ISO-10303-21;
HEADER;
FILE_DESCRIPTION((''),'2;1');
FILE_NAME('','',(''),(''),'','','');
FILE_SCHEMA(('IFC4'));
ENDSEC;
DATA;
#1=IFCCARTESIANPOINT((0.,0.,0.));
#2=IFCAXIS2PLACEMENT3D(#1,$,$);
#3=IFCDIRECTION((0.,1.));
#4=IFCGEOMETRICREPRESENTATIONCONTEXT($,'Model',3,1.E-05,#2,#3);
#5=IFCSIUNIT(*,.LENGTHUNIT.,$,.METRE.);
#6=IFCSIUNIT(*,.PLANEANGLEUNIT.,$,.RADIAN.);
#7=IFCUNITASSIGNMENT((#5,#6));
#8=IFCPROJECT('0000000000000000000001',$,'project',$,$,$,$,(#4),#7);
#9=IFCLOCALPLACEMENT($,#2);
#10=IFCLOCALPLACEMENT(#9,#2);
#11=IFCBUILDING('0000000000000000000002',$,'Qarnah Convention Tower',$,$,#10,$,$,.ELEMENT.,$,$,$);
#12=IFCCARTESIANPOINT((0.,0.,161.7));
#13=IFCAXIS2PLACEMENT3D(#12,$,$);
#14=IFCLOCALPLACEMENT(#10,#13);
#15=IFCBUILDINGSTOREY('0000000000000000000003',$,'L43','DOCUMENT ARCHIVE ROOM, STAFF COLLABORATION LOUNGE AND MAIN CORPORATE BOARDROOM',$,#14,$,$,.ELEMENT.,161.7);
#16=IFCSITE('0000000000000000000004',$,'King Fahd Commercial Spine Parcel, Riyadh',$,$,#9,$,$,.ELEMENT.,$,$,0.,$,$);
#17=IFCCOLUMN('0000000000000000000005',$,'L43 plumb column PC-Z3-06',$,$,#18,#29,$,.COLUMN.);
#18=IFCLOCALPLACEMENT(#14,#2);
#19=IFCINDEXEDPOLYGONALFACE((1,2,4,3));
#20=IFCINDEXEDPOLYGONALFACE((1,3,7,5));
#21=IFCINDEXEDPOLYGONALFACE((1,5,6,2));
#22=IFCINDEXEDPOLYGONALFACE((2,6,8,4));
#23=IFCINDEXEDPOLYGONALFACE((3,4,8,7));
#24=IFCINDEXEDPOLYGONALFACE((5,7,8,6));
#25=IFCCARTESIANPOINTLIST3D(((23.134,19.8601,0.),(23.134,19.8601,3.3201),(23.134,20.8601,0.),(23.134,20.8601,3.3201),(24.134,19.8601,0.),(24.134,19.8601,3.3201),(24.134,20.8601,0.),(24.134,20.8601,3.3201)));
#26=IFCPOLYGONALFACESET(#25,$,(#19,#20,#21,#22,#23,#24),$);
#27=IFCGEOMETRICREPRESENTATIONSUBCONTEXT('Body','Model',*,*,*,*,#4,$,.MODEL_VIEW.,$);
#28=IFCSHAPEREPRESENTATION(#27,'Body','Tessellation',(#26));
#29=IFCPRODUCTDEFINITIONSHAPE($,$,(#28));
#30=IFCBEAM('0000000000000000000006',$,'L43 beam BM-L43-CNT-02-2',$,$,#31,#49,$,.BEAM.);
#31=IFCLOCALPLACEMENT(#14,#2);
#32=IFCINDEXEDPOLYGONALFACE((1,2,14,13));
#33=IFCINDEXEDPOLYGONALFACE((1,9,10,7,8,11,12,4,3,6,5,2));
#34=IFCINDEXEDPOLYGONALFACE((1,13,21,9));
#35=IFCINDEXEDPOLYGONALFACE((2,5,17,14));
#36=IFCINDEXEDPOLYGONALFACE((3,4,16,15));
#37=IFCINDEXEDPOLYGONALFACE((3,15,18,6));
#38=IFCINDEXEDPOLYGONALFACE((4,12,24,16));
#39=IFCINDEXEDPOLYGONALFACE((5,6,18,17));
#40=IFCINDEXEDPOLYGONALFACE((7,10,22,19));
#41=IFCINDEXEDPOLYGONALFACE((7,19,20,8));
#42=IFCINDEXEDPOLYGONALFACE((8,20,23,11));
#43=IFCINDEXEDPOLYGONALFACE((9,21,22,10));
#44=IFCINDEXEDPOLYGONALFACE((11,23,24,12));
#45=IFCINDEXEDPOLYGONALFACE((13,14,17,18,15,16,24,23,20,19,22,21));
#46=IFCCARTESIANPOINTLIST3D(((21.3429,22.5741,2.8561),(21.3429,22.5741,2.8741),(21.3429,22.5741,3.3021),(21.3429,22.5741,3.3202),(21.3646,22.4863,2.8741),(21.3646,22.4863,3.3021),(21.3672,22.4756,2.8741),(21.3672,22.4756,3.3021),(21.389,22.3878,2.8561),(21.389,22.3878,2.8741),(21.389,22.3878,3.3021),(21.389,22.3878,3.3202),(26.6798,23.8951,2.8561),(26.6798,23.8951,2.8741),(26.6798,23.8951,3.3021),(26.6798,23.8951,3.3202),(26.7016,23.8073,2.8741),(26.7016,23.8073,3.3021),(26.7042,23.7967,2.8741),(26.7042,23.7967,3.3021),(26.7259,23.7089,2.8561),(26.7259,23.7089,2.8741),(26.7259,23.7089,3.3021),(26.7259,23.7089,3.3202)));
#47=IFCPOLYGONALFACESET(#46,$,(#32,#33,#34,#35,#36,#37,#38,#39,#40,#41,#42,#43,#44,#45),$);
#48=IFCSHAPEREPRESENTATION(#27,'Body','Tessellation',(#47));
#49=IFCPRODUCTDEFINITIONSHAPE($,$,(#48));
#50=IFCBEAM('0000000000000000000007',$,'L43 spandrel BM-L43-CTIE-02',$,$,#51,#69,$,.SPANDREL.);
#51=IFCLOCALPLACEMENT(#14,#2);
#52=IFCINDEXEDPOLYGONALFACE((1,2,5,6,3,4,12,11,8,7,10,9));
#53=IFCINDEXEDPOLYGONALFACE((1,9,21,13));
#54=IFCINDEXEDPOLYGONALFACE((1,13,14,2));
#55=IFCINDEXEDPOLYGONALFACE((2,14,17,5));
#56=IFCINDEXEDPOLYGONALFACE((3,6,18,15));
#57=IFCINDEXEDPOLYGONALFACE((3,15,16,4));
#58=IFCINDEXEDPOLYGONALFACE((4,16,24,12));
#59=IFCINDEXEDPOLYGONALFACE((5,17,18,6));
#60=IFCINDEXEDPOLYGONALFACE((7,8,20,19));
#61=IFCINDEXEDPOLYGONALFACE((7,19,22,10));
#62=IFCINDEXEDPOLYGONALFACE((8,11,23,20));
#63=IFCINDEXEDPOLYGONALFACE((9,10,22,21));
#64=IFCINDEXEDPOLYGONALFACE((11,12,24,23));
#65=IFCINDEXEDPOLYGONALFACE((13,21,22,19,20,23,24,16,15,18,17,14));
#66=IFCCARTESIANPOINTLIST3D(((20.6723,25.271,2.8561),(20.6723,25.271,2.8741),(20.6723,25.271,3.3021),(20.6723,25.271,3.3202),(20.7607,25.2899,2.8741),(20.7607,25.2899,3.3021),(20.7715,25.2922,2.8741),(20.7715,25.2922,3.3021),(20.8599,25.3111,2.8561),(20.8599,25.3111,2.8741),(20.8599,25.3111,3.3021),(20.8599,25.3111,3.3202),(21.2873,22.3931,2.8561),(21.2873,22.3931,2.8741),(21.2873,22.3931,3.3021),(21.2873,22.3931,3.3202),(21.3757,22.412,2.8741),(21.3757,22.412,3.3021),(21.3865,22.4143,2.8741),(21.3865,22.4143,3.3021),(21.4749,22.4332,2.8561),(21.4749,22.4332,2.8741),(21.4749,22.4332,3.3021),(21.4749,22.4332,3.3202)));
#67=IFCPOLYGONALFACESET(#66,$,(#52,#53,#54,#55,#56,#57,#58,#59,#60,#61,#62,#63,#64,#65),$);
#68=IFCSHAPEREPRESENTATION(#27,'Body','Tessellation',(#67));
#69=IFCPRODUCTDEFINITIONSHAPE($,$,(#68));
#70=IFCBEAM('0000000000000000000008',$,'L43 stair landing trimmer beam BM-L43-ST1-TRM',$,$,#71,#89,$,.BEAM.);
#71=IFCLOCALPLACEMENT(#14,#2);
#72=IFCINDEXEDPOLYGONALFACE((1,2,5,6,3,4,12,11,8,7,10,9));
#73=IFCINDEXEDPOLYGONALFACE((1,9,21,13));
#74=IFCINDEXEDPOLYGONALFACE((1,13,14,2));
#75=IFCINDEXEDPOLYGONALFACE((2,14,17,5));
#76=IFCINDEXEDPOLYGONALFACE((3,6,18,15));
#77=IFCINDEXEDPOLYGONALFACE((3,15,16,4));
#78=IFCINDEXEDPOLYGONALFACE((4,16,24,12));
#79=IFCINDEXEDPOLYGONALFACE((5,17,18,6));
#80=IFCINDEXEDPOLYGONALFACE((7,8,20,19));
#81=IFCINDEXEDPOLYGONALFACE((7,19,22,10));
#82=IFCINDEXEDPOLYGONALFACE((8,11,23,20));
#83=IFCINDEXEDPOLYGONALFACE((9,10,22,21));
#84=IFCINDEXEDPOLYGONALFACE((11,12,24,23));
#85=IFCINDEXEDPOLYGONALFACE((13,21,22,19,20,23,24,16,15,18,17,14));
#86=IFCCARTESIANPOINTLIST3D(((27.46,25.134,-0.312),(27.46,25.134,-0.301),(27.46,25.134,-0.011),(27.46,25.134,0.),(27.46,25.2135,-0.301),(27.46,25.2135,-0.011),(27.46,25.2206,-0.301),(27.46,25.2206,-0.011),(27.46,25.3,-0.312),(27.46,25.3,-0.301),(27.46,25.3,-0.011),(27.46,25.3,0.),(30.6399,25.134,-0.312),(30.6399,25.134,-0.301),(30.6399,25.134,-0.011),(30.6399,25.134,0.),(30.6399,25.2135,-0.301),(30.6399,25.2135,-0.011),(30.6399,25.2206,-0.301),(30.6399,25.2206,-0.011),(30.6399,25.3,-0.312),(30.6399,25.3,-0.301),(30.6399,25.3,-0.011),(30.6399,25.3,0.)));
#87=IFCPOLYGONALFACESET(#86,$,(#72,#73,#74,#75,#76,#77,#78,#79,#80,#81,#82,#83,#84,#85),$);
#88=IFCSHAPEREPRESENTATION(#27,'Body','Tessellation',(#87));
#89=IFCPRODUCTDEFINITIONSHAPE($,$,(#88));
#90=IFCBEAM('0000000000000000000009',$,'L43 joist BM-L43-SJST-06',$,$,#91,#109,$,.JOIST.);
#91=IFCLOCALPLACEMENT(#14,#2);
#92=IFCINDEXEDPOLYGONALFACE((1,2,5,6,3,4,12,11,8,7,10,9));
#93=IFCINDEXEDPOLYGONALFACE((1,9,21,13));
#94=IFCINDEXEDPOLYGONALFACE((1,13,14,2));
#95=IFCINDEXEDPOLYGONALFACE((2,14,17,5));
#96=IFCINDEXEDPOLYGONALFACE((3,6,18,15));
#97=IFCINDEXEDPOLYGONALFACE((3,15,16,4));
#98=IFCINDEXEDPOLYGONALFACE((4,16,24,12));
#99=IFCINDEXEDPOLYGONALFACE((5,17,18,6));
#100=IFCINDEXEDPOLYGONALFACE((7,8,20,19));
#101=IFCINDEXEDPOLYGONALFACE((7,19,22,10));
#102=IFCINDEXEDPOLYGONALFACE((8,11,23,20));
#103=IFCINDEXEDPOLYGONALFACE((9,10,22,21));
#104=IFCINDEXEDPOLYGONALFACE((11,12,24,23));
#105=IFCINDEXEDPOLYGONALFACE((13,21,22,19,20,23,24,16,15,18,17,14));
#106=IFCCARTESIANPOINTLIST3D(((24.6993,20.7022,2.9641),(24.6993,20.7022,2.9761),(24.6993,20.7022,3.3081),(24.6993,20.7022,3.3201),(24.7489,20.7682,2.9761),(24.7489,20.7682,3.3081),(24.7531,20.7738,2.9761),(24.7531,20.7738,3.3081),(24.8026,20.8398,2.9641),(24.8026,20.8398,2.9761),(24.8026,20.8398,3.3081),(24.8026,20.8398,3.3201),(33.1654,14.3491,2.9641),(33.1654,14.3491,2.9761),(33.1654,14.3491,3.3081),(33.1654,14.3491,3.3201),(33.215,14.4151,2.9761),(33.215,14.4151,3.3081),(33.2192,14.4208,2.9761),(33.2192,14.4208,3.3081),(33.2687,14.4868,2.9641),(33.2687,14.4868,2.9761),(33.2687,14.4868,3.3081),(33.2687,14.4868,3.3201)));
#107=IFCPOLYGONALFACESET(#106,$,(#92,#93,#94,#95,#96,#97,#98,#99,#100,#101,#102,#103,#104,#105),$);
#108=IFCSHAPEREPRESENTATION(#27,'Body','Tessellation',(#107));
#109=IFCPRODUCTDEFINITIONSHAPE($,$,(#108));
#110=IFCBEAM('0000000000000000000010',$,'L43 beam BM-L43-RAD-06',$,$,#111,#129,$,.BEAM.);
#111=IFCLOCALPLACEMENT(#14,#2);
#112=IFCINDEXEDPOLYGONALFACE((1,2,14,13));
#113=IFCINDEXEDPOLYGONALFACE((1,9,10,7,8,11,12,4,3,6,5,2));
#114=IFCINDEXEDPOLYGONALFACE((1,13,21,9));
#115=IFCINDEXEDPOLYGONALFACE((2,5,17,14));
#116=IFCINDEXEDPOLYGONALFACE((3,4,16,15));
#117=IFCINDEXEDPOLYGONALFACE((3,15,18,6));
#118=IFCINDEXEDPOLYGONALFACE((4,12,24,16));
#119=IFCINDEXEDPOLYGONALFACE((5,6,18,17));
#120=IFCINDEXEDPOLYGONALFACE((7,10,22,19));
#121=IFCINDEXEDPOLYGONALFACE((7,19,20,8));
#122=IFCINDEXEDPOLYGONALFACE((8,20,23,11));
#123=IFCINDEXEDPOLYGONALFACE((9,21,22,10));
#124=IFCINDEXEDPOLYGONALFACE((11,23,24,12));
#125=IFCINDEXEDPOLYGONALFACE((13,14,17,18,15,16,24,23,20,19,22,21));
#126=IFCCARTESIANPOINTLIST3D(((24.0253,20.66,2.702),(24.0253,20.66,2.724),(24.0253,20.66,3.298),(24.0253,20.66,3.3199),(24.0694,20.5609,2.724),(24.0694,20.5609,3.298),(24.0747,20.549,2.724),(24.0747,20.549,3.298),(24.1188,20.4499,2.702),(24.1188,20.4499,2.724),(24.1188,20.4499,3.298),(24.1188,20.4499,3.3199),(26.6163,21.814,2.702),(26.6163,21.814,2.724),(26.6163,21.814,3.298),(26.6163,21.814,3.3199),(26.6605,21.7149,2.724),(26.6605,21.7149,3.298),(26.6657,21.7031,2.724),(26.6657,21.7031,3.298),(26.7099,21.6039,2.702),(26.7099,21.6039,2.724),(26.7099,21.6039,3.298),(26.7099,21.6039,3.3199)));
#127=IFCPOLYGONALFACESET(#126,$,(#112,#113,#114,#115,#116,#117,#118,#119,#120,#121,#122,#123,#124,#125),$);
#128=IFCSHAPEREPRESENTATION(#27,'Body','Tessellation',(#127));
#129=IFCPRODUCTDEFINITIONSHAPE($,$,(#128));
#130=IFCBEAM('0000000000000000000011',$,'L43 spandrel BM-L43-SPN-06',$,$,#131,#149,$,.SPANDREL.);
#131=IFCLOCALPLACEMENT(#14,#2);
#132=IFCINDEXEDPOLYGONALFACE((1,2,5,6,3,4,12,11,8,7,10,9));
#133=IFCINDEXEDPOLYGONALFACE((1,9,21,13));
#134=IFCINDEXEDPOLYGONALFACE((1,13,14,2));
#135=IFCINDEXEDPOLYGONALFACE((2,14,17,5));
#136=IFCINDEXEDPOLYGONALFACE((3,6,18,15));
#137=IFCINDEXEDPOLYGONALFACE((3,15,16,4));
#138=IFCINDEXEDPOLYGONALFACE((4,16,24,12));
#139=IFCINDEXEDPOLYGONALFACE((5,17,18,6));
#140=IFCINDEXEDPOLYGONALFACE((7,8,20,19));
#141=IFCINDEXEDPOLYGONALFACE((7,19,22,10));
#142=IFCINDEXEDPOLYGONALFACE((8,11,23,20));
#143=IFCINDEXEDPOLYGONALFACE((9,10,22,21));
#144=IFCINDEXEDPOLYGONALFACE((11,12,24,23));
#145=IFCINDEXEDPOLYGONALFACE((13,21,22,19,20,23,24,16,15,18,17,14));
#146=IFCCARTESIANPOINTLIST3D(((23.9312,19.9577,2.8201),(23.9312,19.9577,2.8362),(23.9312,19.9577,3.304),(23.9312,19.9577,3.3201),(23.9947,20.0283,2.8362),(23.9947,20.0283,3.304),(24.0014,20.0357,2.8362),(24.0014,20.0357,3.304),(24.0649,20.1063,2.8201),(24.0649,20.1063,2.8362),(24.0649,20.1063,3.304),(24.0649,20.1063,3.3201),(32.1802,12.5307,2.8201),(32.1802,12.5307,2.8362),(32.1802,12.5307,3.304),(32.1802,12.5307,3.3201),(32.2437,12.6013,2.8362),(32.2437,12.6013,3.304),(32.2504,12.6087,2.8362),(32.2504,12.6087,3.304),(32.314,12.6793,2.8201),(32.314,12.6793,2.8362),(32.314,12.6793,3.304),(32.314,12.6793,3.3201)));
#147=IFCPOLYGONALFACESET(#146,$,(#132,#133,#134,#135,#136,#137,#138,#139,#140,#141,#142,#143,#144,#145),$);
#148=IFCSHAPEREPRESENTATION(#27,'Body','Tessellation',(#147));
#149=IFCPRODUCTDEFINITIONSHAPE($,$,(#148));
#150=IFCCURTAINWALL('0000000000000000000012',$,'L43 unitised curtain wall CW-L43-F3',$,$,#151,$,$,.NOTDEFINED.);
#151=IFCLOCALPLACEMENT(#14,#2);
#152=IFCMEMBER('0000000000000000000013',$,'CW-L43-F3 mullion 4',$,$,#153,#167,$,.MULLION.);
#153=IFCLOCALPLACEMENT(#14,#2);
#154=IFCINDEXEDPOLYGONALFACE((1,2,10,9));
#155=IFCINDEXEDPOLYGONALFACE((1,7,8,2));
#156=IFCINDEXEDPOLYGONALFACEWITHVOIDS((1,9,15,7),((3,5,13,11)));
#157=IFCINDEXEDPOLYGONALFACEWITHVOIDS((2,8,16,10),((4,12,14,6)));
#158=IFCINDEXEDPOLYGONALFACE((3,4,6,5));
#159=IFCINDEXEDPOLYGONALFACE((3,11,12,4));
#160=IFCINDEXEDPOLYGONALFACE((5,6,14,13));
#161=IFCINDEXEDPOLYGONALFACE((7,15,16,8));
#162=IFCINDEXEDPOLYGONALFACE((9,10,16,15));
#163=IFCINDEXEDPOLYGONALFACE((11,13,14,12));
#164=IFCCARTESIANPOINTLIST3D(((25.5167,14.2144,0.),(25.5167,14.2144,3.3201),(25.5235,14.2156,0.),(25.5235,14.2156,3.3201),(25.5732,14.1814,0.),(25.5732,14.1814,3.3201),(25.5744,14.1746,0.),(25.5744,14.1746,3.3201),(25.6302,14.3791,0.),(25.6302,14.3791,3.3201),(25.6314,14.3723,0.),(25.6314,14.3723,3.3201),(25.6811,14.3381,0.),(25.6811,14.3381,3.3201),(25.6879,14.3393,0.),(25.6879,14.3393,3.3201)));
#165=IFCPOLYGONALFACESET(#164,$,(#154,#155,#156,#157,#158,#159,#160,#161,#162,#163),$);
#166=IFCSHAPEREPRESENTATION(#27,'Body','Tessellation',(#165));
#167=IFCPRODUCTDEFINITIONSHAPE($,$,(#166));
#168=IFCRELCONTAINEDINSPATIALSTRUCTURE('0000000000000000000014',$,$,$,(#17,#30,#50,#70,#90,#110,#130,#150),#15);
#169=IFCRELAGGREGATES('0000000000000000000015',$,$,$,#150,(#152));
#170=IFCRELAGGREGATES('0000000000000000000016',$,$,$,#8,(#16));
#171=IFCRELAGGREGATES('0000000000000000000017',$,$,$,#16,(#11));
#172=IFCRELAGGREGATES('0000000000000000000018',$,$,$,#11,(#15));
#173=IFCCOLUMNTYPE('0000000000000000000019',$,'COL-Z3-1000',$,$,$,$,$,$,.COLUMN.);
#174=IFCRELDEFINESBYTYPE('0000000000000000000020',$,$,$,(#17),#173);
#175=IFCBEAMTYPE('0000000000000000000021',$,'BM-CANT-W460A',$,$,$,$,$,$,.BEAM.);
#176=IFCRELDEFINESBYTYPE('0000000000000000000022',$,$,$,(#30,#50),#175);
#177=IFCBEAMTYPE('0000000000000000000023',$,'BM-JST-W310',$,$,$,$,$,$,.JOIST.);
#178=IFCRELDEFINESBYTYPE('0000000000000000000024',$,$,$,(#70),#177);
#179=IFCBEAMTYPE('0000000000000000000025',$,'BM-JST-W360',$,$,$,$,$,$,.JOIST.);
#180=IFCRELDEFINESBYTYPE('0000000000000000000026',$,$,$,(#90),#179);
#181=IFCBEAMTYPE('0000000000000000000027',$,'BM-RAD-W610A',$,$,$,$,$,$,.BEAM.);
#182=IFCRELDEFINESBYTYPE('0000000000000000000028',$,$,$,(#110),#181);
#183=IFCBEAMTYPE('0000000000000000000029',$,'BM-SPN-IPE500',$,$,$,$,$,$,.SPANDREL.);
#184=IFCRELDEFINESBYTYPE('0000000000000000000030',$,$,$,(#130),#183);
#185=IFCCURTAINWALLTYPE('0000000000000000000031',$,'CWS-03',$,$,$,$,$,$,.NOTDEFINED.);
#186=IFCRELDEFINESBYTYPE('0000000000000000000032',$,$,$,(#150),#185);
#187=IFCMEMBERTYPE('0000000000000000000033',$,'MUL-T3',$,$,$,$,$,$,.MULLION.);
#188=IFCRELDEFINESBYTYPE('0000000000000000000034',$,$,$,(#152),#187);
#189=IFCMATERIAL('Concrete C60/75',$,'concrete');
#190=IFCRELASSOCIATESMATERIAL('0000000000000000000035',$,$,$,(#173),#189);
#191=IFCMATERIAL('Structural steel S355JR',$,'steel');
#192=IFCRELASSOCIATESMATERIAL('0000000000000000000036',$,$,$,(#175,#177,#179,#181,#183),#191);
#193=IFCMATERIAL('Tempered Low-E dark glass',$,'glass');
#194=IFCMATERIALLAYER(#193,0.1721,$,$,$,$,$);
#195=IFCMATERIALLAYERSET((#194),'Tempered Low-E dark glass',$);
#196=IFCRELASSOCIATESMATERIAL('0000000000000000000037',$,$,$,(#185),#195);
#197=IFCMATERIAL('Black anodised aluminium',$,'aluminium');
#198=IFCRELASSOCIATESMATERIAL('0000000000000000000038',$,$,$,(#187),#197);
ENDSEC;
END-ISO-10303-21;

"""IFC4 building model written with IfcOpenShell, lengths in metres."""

from ifc_helpers import new_model, si_unit, direction, frame, origin, origin_2d, place, context, subcontext, project, spatial, rectangle, hollow_rectangle, i_section, extrude, material, layer, layer_set, material_profile, profile_set, type_object, element, aggregate, save


model = new_model("IFC4")

# Units and contexts
model_context = context("Model", 3, precision=1e-05, world=origin(), true_north=direction((0.0, 1.0)))
body_context = subcontext(model_context, "Body", "Model", "MODEL_VIEW")
ifc_project = project(units=[si_unit("LENGTHUNIT", "METRE"), si_unit("PLANEANGLEUNIT", "RADIAN")], contexts=[model_context])

# Site, building, storey
site_placement = place(None, origin())
site = spatial("IfcSite", under=ifc_project, at=site_placement, Name="King Fahd Commercial Spine Parcel, Riyadh", CompositionType="ELEMENT", RefElevation=0.0)
building_placement = place(site_placement, origin())
building = spatial("IfcBuilding", under=site, at=building_placement, Name="Qarnah Convention Tower", CompositionType="ELEMENT")
storey_placement = place(building_placement, frame((0.0, 0.0, 161.7)))
storey = spatial("IfcBuildingStorey", under=building, at=storey_placement, Name="L43", Description="DOCUMENT ARCHIVE ROOM, STAFF COLLABORATION LOUNGE AND MAIN CORPORATE BOARDROOM", CompositionType="ELEMENT", Elevation=161.7)

# Column
ifc_material_1 = material(Name="Concrete C60/75", Category="concrete")
ifc_material_profile_1 = material_profile(ifc_material_1, rectangle(XDim=1.0, YDim=1.0, at=origin_2d()), Name="RC-COL-1000X1000")
ifc_profile_set_1 = profile_set([ifc_material_profile_1], Name="Concrete C60/75")
column_type = type_object("IfcColumnType", Name="COL-Z3-1000", PredefinedType="COLUMN", material=ifc_profile_set_1)
column_placement = place(storey_placement, frame((23.634, 20.3601, 0.0), z_axis=(0.0, 0.0, 1.0), x_axis=(1.0, 0.0, 0.0)))
element("IfcColumn", 1, at=column_placement, inside=storey, type_object=column_type, Name="L43 plumb column PC-Z3-06", PredefinedType="COLUMN", context=body_context, shape_type="SweptSolid", body=[
    extrude(rectangle(XDim=1.0, YDim=1.0, at=origin_2d()), origin(), (0.0, 0.0, 1.0), 3.3201),
])

# Beams
ifc_material_2 = material(Name="Structural steel S355JR", Category="steel")
ifc_material_profile_2 = material_profile(ifc_material_2, i_section(OverallWidth=0.1919, OverallDepth=0.4641, WebThickness=0.011, FlangeThickness=0.0181, at=origin_2d()), Name="W460X89")
ifc_profile_set_2 = profile_set([ifc_material_profile_2], Name="Structural steel S355JR")
beam_type_1 = type_object("IfcBeamType", Name="BM-CANT-W460A", PredefinedType="BEAM", material=ifc_profile_set_2)
beam_1_placement = place(storey_placement, frame((26.7029, 23.802, 3.0881), z_axis=(-0.970704, -0.240278, 0.0), x_axis=(0.240278, -0.970704, 0.0)))
element("IfcBeam", 2, at=beam_1_placement, inside=storey, type_object=beam_type_1, Name="L43 beam BM-L43-CNT-02-2", PredefinedType="BEAM", context=body_context, shape_type="SweptSolid", body=[
    extrude(i_section(OverallWidth=0.1919, OverallDepth=0.4641, WebThickness=0.011, FlangeThickness=0.0181, at=origin_2d()), origin(), (0.0, 0.0, 1.0), 5.498),
])
beam_2_placement = place(storey_placement, frame((20.7661, 25.291, 3.0881), z_axis=(0.208974, -0.977921, 0.0), x_axis=(0.977921, 0.208974, 0.0)))
element("IfcBeam", 3, at=beam_2_placement, inside=storey, type_object=beam_type_1, Name="L43 spandrel BM-L43-CTIE-02", PredefinedType="SPANDREL", context=body_context, shape_type="SweptSolid", body=[
    extrude(i_section(OverallWidth=0.1919, OverallDepth=0.4641, WebThickness=0.011, FlangeThickness=0.0181, at=origin_2d()), origin(), (0.0, 0.0, 1.0), 2.9429),
])
ifc_material_profile_3 = material_profile(ifc_material_2, i_section(OverallWidth=0.166, OverallDepth=0.312, WebThickness=0.0071, FlangeThickness=0.011, at=origin_2d()), Name="W310X45")
ifc_profile_set_3 = profile_set([ifc_material_profile_3], Name="Structural steel S355JR")
beam_type_2 = type_object("IfcBeamType", Name="BM-JST-W310", PredefinedType="JOIST", material=ifc_profile_set_3)
beam_3_placement = place(storey_placement, frame((27.46, 25.217, -0.156), z_axis=(1.0, 0.0, 0.0), x_axis=(0.0, 1.0, 0.0)))
element("IfcBeam", 4, at=beam_3_placement, inside=storey, type_object=beam_type_2, Name="L43 stair landing trimmer beam BM-L43-ST1-TRM", PredefinedType="BEAM", context=body_context, shape_type="SweptSolid", body=[
    extrude(i_section(OverallWidth=0.166, OverallDepth=0.312, WebThickness=0.0071, FlangeThickness=0.011, at=origin_2d()), origin(), (0.0, 0.0, 1.0), 3.1799),
])
ifc_material_profile_4 = material_profile(ifc_material_2, i_section(OverallWidth=0.1721, OverallDepth=0.356, WebThickness=0.0071, FlangeThickness=0.012, at=origin_2d()), Name="W360X51")
ifc_profile_set_4 = profile_set([ifc_material_profile_4], Name="Structural steel S355JR")
beam_type_3 = type_object("IfcBeamType", Name="BM-JST-W360", PredefinedType="JOIST", material=ifc_profile_set_4)
beam_4_placement = place(storey_placement, frame((24.751, 20.771, 3.1421), z_axis=(0.799842, -0.60021, 0.0), x_axis=(0.60021, 0.799842, 0.0)))
element("IfcBeam", 5, at=beam_4_placement, inside=storey, type_object=beam_type_3, Name="L43 joist BM-L43-SJST-06", PredefinedType="JOIST", context=body_context, shape_type="SweptSolid", body=[
    extrude(i_section(OverallWidth=0.1721, OverallDepth=0.356, WebThickness=0.0071, FlangeThickness=0.012, at=origin_2d()), origin(), (0.0, 0.0, 1.0), 10.5847),
])
ifc_material_profile_5 = material_profile(ifc_material_2, i_section(OverallWidth=0.23, OverallDepth=0.6179, WebThickness=0.0129, FlangeThickness=0.022, at=origin_2d()), Name="W610X140")
ifc_profile_set_5 = profile_set([ifc_material_profile_5], Name="Structural steel S355JR")
beam_type_4 = type_object("IfcBeamType", Name="BM-RAD-W610A", PredefinedType="BEAM", material=ifc_profile_set_5)
beam_5_placement = place(storey_placement, frame((26.6631, 21.709, 3.011), z_axis=(-0.913488, -0.406865, 0.0), x_axis=(0.406865, -0.913488, 0.0)))
element("IfcBeam", 6, at=beam_5_placement, inside=storey, type_object=beam_type_4, Name="L43 beam BM-L43-RAD-06", PredefinedType="BEAM", context=body_context, shape_type="SweptSolid", body=[
    extrude(i_section(OverallWidth=0.23, OverallDepth=0.6179, WebThickness=0.0129, FlangeThickness=0.022, at=origin_2d()), origin(), (0.0, 0.0, 1.0), 2.8364),
])
ifc_material_profile_6 = material_profile(ifc_material_2, i_section(OverallWidth=0.2, OverallDepth=0.5, WebThickness=0.01, FlangeThickness=0.0161, at=origin_2d()), Name="IPE500")
ifc_profile_set_6 = profile_set([ifc_material_profile_6], Name="Structural steel S355JR")
beam_type_5 = type_object("IfcBeamType", Name="BM-SPN-IPE500", PredefinedType="SPANDREL", material=ifc_profile_set_6)
beam_6_placement = place(storey_placement, frame((23.998, 20.032, 3.0701), z_axis=(0.743165, -0.669108, 0.0), x_axis=(0.669108, 0.743165, 0.0)))
element("IfcBeam", 7, at=beam_6_placement, inside=storey, type_object=beam_type_5, Name="L43 spandrel BM-L43-SPN-06", PredefinedType="SPANDREL", context=body_context, shape_type="SweptSolid", body=[
    extrude(i_section(OverallWidth=0.2, OverallDepth=0.5, WebThickness=0.01, FlangeThickness=0.0161, at=origin_2d()), origin(), (0.0, 0.0, 1.0), 11.0999),
])

# Curtain wall, member
ifc_material_3 = material(Name="Tempered Low-E dark glass", Category="glass")
ifc_layer_1 = layer(ifc_material_3, 0.1721)
ifc_layer_set_1 = layer_set([ifc_layer_1], Name="Tempered Low-E dark glass")
curtain_wall_type = type_object("IfcCurtainWallType", Name="CWS-03", PredefinedType="NOTDEFINED", material=ifc_layer_set_1)
curtain_wall_placement = place(storey_placement, origin())
curtain_wall = element("IfcCurtainWall", 8, at=curtain_wall_placement, inside=storey, type_object=curtain_wall_type, Name="L43 unitised curtain wall CW-L43-F3", PredefinedType="NOTDEFINED")
ifc_material_4 = material(Name="Black anodised aluminium", Category="aluminium")
ifc_material_profile_7 = material_profile(ifc_material_4, hollow_rectangle(XDim=0.0701, YDim=0.2, WallThickness=0.0049, at=origin_2d()), Name="MUL-70X200")
ifc_profile_set_7 = profile_set([ifc_material_profile_7], Name="Black anodised aluminium")
member_type = type_object("IfcMemberType", Name="MUL-T3", PredefinedType="MULLION", material=ifc_profile_set_7)
member_1_placement = place(storey_placement, frame((25.6023, 14.2769, 0.0), z_axis=(0.0, 0.0, 1.0), x_axis=(-0.823532, 0.56727, 0.0)))
member_1 = element("IfcMember", 9, at=member_1_placement, type_object=member_type, Name="CW-L43-F3 mullion 4", PredefinedType="MULLION", context=body_context, shape_type="SweptSolid", body=[
    extrude(hollow_rectangle(XDim=0.0701, YDim=0.2, WallThickness=0.0049, at=origin_2d()), origin(), (0.0, 0.0, 1.0), 3.3201),
])
aggregate(curtain_wall, [member_1])

save(model, "model.ifc")
